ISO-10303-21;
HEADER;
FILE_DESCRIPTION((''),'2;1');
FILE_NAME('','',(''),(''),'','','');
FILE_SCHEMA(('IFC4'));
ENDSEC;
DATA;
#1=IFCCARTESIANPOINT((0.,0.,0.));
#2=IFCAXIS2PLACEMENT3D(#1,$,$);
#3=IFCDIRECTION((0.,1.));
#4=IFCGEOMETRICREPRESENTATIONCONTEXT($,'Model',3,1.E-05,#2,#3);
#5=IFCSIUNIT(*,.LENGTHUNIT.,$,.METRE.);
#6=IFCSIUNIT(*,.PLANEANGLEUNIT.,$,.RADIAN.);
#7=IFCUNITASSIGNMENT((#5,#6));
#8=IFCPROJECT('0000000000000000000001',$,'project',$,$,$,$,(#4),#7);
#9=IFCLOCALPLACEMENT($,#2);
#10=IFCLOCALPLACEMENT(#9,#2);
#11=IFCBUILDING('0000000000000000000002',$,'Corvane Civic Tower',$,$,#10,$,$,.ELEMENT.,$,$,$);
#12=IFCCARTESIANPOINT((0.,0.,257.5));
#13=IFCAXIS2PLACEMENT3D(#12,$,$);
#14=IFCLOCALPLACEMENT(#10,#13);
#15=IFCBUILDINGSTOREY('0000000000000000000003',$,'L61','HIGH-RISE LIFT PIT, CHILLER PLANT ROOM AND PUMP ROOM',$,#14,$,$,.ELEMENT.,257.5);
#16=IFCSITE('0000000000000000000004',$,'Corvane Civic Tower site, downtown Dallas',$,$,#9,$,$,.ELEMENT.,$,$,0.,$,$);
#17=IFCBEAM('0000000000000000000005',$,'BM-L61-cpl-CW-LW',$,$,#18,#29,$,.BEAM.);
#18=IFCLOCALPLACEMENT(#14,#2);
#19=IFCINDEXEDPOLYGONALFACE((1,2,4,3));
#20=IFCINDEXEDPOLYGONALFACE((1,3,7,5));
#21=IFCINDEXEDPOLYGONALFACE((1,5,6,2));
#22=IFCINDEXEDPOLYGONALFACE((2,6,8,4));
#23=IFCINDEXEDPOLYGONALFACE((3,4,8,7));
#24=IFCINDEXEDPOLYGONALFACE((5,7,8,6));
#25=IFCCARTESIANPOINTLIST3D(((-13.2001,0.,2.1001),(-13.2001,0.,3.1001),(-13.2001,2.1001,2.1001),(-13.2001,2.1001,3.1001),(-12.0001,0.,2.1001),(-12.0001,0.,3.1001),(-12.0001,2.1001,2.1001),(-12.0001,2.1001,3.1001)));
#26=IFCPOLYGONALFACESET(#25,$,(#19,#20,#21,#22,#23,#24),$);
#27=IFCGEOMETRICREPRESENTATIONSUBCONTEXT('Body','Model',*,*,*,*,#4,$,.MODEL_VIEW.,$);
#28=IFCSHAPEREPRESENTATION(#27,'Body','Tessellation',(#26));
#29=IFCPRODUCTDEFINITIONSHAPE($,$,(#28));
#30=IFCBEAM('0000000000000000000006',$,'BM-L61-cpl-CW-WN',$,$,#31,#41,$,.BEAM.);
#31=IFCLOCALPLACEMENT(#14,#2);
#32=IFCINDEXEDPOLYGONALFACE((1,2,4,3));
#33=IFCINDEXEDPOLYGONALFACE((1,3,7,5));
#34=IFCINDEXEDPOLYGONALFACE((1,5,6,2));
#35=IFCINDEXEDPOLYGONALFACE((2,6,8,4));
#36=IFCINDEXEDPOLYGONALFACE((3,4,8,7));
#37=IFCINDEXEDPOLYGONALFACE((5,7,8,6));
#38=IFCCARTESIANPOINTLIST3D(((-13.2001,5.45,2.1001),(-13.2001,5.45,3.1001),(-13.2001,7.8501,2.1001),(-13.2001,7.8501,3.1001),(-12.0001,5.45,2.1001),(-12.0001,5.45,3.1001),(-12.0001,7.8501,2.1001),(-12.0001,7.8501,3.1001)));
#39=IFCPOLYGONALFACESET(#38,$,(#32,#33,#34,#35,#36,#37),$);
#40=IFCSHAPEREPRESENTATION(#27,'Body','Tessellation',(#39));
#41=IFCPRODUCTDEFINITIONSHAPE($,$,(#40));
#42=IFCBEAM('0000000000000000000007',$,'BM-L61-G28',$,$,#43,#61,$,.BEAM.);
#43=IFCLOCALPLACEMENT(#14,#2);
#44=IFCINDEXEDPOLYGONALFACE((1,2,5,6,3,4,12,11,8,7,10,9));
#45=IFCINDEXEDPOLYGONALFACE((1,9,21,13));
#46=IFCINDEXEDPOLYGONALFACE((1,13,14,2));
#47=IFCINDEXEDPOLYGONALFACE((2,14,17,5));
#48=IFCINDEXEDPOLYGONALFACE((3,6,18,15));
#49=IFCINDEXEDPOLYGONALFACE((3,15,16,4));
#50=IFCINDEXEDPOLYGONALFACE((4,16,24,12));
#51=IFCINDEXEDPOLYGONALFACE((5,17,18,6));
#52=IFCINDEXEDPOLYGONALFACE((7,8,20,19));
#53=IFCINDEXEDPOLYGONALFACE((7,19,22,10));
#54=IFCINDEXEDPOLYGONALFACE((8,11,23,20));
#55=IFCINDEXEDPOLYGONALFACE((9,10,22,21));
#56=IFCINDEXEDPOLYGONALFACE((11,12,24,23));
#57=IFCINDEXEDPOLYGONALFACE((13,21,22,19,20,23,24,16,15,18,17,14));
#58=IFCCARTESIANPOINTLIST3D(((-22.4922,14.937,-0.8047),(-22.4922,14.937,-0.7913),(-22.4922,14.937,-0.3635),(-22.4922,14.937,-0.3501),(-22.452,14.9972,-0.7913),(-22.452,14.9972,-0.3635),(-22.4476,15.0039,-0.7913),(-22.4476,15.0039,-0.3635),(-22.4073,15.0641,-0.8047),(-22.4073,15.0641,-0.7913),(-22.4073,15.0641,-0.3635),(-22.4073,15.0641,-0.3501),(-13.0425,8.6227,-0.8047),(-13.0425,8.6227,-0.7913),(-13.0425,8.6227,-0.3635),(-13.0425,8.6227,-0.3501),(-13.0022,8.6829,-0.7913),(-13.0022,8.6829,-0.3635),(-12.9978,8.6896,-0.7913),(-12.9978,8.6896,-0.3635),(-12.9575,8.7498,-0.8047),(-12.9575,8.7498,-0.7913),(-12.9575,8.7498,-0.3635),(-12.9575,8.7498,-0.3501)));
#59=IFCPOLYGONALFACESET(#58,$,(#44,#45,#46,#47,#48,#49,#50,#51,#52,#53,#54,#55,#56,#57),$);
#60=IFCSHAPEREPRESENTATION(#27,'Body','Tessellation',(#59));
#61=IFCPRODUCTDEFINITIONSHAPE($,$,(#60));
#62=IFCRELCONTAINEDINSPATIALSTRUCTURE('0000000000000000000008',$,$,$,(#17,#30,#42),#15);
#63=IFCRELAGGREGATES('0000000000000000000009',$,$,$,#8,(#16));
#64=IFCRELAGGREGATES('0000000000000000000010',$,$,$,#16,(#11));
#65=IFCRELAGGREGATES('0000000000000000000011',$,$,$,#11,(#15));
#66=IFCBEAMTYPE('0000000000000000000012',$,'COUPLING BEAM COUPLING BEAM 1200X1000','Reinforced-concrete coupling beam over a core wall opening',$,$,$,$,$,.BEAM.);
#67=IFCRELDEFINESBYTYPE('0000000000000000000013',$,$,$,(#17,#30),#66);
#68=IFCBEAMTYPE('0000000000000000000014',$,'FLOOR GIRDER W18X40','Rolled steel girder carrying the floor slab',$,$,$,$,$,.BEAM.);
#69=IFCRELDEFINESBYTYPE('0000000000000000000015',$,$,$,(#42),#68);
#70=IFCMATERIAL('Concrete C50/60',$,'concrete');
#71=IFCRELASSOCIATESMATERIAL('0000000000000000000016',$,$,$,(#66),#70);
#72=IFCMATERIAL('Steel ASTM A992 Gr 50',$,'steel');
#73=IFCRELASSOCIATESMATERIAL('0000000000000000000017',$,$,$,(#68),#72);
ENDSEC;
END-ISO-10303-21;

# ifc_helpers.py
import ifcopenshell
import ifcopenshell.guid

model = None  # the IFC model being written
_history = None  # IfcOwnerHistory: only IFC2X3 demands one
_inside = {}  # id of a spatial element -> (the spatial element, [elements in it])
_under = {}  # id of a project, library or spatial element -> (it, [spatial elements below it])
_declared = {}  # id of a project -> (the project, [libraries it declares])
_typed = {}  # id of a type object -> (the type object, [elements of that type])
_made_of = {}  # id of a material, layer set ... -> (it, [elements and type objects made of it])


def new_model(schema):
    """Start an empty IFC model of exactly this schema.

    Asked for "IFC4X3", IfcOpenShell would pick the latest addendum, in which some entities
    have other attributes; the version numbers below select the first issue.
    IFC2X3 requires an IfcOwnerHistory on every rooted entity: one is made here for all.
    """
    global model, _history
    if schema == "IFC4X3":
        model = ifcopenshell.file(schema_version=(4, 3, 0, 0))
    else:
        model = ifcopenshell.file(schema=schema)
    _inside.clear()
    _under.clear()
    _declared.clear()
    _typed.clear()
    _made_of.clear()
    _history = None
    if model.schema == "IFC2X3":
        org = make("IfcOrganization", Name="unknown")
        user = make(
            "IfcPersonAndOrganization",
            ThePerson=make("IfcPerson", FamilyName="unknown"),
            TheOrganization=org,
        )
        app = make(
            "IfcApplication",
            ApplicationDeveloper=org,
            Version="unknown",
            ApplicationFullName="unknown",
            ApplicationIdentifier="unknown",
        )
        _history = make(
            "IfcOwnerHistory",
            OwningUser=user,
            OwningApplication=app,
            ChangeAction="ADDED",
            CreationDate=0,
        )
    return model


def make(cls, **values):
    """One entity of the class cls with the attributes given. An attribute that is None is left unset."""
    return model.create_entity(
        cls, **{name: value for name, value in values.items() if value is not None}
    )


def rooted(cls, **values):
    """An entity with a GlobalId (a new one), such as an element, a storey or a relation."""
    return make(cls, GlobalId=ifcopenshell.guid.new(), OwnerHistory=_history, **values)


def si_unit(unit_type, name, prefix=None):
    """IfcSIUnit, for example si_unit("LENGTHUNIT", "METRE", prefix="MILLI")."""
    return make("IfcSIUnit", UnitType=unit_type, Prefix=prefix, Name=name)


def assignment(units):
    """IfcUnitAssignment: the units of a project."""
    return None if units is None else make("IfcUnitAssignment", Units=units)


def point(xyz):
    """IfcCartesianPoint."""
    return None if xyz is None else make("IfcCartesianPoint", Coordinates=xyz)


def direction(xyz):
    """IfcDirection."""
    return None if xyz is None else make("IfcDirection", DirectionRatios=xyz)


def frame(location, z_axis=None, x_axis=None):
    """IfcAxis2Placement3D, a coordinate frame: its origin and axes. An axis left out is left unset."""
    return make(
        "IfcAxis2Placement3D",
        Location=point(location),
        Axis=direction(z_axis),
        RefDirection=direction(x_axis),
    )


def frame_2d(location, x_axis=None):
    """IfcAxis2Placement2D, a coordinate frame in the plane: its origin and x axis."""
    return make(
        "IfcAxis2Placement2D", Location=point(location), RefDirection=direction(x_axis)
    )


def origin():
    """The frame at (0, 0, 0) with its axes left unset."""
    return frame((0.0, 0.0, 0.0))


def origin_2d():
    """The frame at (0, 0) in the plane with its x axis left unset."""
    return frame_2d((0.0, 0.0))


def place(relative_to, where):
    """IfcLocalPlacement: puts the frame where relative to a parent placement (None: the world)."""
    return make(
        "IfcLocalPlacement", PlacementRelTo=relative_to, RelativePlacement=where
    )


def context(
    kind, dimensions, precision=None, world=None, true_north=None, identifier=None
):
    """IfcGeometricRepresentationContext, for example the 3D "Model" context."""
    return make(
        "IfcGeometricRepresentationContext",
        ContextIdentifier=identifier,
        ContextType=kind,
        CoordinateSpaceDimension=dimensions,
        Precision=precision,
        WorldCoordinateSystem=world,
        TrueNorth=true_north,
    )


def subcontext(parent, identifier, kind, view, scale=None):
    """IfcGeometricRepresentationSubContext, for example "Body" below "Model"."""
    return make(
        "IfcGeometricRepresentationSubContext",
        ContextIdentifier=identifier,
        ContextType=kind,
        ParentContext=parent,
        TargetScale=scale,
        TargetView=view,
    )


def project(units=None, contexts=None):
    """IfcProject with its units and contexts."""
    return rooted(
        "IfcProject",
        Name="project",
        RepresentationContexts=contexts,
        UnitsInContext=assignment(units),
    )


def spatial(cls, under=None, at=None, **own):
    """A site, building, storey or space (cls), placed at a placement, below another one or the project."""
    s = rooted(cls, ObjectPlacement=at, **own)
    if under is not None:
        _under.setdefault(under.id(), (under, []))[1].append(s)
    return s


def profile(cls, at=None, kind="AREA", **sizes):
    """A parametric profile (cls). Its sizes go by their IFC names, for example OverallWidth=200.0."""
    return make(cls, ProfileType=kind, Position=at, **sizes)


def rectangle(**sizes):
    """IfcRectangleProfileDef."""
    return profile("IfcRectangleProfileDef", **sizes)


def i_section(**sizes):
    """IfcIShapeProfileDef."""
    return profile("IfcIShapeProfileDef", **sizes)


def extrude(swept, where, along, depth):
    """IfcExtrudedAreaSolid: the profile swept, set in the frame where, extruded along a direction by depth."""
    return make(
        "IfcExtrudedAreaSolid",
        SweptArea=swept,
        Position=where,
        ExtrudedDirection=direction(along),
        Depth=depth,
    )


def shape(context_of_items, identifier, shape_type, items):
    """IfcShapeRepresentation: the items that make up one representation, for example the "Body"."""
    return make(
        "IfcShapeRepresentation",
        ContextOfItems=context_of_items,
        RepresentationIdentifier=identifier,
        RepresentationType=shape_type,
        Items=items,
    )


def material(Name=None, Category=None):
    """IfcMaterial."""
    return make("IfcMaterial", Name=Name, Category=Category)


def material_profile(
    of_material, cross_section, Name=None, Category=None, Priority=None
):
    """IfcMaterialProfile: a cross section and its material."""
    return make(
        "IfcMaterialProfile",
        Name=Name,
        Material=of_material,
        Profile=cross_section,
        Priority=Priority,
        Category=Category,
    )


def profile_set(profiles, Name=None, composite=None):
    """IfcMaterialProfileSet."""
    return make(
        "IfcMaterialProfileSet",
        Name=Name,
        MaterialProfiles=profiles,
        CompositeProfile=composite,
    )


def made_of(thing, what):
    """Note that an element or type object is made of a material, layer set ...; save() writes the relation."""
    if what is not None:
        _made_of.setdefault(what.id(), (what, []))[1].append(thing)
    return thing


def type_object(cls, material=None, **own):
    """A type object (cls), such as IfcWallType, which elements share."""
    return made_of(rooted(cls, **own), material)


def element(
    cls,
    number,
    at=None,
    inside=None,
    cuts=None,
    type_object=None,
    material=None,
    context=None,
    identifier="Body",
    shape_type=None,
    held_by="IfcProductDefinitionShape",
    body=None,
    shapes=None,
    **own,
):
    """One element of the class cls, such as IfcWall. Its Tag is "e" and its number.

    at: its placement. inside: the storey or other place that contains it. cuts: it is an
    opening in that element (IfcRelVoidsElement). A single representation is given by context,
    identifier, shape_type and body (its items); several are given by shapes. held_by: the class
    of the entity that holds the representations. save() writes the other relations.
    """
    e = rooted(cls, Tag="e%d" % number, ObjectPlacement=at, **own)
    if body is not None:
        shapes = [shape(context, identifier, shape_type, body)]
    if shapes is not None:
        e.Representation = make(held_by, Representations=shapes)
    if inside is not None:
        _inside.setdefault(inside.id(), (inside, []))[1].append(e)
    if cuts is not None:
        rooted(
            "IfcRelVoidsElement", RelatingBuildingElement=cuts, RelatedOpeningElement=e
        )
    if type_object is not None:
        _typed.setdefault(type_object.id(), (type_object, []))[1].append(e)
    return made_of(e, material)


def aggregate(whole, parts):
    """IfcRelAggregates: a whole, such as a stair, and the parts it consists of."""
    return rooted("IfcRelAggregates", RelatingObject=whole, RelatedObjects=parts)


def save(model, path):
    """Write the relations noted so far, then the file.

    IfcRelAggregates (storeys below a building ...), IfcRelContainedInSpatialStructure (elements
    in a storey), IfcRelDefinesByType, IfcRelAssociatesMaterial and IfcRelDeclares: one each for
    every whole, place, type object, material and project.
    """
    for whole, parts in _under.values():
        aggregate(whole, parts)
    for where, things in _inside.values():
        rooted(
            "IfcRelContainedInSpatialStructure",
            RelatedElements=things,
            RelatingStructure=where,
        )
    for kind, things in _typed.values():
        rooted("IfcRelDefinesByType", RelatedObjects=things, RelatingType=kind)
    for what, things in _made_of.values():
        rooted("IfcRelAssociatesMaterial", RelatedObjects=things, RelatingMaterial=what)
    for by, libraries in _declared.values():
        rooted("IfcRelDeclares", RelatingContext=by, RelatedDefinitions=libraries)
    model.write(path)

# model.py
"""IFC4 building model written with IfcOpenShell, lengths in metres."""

from ifc_helpers import new_model, si_unit, direction, frame, origin, origin_2d, place, context, subcontext, project, spatial, rectangle, i_section, extrude, material, material_profile, profile_set, type_object, element, save


model = new_model("IFC4")

# Units and contexts
model_context = context("Model", 3, precision=1e-05, world=origin(), true_north=direction((0.0, 1.0)))
body_context = subcontext(model_context, "Body", "Model", "MODEL_VIEW")
ifc_project = project(units=[si_unit("LENGTHUNIT", "METRE"), si_unit("PLANEANGLEUNIT", "RADIAN")], contexts=[model_context])

# Site, building, storey
site_placement = place(None, origin())
site = spatial("IfcSite", under=ifc_project, at=site_placement, Name="Corvane Civic Tower site, downtown Dallas", CompositionType="ELEMENT", RefElevation=0.0)
building_placement = place(site_placement, origin())
building = spatial("IfcBuilding", under=site, at=building_placement, Name="Corvane Civic Tower", CompositionType="ELEMENT")
storey_placement = place(building_placement, frame((0.0, 0.0, 257.5)))
storey = spatial("IfcBuildingStorey", under=building, at=storey_placement, Name="L61", Description="HIGH-RISE LIFT PIT, CHILLER PLANT ROOM AND PUMP ROOM", CompositionType="ELEMENT", Elevation=257.5)

# Beams
ifc_material_1 = material(Name="Concrete C50/60", Category="concrete")
ifc_material_profile_1 = material_profile(ifc_material_1, rectangle(XDim=1.2, YDim=1.0, at=origin_2d()), Name="COUPLING BEAM 1200X1000")
ifc_profile_set_1 = profile_set([ifc_material_profile_1], Name="Concrete C50/60")
beam_type_1 = type_object("IfcBeamType", Name="COUPLING BEAM COUPLING BEAM 1200X1000", Description="Reinforced-concrete coupling beam over a core wall opening", PredefinedType="BEAM", material=ifc_profile_set_1)
beam_1_placement = place(storey_placement, frame((-12.6001, 0.0, 2.6001), z_axis=(0.0, 1.0, 0.0), x_axis=(-1.0, 0.0, 0.0)))
element("IfcBeam", 1, at=beam_1_placement, inside=storey, type_object=beam_type_1, Name="BM-L61-cpl-CW-LW", PredefinedType="BEAM", context=body_context, shape_type="SweptSolid", body=[
    extrude(rectangle(XDim=1.2, YDim=1.0, at=origin_2d()), origin(), (0.0, 0.0, 1.0), 2.1001),
])
beam_2_placement = place(storey_placement, frame((-12.6001, 5.45, 2.6001), z_axis=(0.0, 1.0, 0.0), x_axis=(-1.0, 0.0, 0.0)))
element("IfcBeam", 2, at=beam_2_placement, inside=storey, type_object=beam_type_1, Name="BM-L61-cpl-CW-WN", PredefinedType="BEAM", context=body_context, shape_type="SweptSolid", body=[
    extrude(rectangle(XDim=1.2, YDim=1.0, at=origin_2d()), origin(), (0.0, 0.0, 1.0), 2.4001),
])
ifc_material_2 = material(Name="Steel ASTM A992 Gr 50", Category="steel")
ifc_material_profile_2 = material_profile(ifc_material_2, i_section(OverallWidth=0.1528, OverallDepth=0.4546, WebThickness=0.0081, FlangeThickness=0.0134, at=origin_2d()), Name="W18X40")
ifc_profile_set_2 = profile_set([ifc_material_profile_2], Name="Steel ASTM A992 Gr 50")
beam_type_2 = type_object("IfcBeamType", Name="FLOOR GIRDER W18X40", Description="Rolled steel girder carrying the floor slab", PredefinedType="BEAM", material=ifc_profile_set_2)
beam_3_placement = place(storey_placement, frame((-13.0, 8.6863, -0.5774), z_axis=(-0.831465, 0.555577, 0.0), x_axis=(-0.555577, -0.831465, 0.0)))
element("IfcBeam", 3, at=beam_3_placement, inside=storey, type_object=beam_type_2, Name="BM-L61-G28", PredefinedType="BEAM", context=body_context, shape_type="SweptSolid", body=[
    extrude(i_section(OverallWidth=0.1528, OverallDepth=0.4546, WebThickness=0.0081, FlangeThickness=0.0134, at=origin_2d()), origin(), (0.0, 0.0, 1.0), 11.3652),
])

save(model, "model.ifc")
